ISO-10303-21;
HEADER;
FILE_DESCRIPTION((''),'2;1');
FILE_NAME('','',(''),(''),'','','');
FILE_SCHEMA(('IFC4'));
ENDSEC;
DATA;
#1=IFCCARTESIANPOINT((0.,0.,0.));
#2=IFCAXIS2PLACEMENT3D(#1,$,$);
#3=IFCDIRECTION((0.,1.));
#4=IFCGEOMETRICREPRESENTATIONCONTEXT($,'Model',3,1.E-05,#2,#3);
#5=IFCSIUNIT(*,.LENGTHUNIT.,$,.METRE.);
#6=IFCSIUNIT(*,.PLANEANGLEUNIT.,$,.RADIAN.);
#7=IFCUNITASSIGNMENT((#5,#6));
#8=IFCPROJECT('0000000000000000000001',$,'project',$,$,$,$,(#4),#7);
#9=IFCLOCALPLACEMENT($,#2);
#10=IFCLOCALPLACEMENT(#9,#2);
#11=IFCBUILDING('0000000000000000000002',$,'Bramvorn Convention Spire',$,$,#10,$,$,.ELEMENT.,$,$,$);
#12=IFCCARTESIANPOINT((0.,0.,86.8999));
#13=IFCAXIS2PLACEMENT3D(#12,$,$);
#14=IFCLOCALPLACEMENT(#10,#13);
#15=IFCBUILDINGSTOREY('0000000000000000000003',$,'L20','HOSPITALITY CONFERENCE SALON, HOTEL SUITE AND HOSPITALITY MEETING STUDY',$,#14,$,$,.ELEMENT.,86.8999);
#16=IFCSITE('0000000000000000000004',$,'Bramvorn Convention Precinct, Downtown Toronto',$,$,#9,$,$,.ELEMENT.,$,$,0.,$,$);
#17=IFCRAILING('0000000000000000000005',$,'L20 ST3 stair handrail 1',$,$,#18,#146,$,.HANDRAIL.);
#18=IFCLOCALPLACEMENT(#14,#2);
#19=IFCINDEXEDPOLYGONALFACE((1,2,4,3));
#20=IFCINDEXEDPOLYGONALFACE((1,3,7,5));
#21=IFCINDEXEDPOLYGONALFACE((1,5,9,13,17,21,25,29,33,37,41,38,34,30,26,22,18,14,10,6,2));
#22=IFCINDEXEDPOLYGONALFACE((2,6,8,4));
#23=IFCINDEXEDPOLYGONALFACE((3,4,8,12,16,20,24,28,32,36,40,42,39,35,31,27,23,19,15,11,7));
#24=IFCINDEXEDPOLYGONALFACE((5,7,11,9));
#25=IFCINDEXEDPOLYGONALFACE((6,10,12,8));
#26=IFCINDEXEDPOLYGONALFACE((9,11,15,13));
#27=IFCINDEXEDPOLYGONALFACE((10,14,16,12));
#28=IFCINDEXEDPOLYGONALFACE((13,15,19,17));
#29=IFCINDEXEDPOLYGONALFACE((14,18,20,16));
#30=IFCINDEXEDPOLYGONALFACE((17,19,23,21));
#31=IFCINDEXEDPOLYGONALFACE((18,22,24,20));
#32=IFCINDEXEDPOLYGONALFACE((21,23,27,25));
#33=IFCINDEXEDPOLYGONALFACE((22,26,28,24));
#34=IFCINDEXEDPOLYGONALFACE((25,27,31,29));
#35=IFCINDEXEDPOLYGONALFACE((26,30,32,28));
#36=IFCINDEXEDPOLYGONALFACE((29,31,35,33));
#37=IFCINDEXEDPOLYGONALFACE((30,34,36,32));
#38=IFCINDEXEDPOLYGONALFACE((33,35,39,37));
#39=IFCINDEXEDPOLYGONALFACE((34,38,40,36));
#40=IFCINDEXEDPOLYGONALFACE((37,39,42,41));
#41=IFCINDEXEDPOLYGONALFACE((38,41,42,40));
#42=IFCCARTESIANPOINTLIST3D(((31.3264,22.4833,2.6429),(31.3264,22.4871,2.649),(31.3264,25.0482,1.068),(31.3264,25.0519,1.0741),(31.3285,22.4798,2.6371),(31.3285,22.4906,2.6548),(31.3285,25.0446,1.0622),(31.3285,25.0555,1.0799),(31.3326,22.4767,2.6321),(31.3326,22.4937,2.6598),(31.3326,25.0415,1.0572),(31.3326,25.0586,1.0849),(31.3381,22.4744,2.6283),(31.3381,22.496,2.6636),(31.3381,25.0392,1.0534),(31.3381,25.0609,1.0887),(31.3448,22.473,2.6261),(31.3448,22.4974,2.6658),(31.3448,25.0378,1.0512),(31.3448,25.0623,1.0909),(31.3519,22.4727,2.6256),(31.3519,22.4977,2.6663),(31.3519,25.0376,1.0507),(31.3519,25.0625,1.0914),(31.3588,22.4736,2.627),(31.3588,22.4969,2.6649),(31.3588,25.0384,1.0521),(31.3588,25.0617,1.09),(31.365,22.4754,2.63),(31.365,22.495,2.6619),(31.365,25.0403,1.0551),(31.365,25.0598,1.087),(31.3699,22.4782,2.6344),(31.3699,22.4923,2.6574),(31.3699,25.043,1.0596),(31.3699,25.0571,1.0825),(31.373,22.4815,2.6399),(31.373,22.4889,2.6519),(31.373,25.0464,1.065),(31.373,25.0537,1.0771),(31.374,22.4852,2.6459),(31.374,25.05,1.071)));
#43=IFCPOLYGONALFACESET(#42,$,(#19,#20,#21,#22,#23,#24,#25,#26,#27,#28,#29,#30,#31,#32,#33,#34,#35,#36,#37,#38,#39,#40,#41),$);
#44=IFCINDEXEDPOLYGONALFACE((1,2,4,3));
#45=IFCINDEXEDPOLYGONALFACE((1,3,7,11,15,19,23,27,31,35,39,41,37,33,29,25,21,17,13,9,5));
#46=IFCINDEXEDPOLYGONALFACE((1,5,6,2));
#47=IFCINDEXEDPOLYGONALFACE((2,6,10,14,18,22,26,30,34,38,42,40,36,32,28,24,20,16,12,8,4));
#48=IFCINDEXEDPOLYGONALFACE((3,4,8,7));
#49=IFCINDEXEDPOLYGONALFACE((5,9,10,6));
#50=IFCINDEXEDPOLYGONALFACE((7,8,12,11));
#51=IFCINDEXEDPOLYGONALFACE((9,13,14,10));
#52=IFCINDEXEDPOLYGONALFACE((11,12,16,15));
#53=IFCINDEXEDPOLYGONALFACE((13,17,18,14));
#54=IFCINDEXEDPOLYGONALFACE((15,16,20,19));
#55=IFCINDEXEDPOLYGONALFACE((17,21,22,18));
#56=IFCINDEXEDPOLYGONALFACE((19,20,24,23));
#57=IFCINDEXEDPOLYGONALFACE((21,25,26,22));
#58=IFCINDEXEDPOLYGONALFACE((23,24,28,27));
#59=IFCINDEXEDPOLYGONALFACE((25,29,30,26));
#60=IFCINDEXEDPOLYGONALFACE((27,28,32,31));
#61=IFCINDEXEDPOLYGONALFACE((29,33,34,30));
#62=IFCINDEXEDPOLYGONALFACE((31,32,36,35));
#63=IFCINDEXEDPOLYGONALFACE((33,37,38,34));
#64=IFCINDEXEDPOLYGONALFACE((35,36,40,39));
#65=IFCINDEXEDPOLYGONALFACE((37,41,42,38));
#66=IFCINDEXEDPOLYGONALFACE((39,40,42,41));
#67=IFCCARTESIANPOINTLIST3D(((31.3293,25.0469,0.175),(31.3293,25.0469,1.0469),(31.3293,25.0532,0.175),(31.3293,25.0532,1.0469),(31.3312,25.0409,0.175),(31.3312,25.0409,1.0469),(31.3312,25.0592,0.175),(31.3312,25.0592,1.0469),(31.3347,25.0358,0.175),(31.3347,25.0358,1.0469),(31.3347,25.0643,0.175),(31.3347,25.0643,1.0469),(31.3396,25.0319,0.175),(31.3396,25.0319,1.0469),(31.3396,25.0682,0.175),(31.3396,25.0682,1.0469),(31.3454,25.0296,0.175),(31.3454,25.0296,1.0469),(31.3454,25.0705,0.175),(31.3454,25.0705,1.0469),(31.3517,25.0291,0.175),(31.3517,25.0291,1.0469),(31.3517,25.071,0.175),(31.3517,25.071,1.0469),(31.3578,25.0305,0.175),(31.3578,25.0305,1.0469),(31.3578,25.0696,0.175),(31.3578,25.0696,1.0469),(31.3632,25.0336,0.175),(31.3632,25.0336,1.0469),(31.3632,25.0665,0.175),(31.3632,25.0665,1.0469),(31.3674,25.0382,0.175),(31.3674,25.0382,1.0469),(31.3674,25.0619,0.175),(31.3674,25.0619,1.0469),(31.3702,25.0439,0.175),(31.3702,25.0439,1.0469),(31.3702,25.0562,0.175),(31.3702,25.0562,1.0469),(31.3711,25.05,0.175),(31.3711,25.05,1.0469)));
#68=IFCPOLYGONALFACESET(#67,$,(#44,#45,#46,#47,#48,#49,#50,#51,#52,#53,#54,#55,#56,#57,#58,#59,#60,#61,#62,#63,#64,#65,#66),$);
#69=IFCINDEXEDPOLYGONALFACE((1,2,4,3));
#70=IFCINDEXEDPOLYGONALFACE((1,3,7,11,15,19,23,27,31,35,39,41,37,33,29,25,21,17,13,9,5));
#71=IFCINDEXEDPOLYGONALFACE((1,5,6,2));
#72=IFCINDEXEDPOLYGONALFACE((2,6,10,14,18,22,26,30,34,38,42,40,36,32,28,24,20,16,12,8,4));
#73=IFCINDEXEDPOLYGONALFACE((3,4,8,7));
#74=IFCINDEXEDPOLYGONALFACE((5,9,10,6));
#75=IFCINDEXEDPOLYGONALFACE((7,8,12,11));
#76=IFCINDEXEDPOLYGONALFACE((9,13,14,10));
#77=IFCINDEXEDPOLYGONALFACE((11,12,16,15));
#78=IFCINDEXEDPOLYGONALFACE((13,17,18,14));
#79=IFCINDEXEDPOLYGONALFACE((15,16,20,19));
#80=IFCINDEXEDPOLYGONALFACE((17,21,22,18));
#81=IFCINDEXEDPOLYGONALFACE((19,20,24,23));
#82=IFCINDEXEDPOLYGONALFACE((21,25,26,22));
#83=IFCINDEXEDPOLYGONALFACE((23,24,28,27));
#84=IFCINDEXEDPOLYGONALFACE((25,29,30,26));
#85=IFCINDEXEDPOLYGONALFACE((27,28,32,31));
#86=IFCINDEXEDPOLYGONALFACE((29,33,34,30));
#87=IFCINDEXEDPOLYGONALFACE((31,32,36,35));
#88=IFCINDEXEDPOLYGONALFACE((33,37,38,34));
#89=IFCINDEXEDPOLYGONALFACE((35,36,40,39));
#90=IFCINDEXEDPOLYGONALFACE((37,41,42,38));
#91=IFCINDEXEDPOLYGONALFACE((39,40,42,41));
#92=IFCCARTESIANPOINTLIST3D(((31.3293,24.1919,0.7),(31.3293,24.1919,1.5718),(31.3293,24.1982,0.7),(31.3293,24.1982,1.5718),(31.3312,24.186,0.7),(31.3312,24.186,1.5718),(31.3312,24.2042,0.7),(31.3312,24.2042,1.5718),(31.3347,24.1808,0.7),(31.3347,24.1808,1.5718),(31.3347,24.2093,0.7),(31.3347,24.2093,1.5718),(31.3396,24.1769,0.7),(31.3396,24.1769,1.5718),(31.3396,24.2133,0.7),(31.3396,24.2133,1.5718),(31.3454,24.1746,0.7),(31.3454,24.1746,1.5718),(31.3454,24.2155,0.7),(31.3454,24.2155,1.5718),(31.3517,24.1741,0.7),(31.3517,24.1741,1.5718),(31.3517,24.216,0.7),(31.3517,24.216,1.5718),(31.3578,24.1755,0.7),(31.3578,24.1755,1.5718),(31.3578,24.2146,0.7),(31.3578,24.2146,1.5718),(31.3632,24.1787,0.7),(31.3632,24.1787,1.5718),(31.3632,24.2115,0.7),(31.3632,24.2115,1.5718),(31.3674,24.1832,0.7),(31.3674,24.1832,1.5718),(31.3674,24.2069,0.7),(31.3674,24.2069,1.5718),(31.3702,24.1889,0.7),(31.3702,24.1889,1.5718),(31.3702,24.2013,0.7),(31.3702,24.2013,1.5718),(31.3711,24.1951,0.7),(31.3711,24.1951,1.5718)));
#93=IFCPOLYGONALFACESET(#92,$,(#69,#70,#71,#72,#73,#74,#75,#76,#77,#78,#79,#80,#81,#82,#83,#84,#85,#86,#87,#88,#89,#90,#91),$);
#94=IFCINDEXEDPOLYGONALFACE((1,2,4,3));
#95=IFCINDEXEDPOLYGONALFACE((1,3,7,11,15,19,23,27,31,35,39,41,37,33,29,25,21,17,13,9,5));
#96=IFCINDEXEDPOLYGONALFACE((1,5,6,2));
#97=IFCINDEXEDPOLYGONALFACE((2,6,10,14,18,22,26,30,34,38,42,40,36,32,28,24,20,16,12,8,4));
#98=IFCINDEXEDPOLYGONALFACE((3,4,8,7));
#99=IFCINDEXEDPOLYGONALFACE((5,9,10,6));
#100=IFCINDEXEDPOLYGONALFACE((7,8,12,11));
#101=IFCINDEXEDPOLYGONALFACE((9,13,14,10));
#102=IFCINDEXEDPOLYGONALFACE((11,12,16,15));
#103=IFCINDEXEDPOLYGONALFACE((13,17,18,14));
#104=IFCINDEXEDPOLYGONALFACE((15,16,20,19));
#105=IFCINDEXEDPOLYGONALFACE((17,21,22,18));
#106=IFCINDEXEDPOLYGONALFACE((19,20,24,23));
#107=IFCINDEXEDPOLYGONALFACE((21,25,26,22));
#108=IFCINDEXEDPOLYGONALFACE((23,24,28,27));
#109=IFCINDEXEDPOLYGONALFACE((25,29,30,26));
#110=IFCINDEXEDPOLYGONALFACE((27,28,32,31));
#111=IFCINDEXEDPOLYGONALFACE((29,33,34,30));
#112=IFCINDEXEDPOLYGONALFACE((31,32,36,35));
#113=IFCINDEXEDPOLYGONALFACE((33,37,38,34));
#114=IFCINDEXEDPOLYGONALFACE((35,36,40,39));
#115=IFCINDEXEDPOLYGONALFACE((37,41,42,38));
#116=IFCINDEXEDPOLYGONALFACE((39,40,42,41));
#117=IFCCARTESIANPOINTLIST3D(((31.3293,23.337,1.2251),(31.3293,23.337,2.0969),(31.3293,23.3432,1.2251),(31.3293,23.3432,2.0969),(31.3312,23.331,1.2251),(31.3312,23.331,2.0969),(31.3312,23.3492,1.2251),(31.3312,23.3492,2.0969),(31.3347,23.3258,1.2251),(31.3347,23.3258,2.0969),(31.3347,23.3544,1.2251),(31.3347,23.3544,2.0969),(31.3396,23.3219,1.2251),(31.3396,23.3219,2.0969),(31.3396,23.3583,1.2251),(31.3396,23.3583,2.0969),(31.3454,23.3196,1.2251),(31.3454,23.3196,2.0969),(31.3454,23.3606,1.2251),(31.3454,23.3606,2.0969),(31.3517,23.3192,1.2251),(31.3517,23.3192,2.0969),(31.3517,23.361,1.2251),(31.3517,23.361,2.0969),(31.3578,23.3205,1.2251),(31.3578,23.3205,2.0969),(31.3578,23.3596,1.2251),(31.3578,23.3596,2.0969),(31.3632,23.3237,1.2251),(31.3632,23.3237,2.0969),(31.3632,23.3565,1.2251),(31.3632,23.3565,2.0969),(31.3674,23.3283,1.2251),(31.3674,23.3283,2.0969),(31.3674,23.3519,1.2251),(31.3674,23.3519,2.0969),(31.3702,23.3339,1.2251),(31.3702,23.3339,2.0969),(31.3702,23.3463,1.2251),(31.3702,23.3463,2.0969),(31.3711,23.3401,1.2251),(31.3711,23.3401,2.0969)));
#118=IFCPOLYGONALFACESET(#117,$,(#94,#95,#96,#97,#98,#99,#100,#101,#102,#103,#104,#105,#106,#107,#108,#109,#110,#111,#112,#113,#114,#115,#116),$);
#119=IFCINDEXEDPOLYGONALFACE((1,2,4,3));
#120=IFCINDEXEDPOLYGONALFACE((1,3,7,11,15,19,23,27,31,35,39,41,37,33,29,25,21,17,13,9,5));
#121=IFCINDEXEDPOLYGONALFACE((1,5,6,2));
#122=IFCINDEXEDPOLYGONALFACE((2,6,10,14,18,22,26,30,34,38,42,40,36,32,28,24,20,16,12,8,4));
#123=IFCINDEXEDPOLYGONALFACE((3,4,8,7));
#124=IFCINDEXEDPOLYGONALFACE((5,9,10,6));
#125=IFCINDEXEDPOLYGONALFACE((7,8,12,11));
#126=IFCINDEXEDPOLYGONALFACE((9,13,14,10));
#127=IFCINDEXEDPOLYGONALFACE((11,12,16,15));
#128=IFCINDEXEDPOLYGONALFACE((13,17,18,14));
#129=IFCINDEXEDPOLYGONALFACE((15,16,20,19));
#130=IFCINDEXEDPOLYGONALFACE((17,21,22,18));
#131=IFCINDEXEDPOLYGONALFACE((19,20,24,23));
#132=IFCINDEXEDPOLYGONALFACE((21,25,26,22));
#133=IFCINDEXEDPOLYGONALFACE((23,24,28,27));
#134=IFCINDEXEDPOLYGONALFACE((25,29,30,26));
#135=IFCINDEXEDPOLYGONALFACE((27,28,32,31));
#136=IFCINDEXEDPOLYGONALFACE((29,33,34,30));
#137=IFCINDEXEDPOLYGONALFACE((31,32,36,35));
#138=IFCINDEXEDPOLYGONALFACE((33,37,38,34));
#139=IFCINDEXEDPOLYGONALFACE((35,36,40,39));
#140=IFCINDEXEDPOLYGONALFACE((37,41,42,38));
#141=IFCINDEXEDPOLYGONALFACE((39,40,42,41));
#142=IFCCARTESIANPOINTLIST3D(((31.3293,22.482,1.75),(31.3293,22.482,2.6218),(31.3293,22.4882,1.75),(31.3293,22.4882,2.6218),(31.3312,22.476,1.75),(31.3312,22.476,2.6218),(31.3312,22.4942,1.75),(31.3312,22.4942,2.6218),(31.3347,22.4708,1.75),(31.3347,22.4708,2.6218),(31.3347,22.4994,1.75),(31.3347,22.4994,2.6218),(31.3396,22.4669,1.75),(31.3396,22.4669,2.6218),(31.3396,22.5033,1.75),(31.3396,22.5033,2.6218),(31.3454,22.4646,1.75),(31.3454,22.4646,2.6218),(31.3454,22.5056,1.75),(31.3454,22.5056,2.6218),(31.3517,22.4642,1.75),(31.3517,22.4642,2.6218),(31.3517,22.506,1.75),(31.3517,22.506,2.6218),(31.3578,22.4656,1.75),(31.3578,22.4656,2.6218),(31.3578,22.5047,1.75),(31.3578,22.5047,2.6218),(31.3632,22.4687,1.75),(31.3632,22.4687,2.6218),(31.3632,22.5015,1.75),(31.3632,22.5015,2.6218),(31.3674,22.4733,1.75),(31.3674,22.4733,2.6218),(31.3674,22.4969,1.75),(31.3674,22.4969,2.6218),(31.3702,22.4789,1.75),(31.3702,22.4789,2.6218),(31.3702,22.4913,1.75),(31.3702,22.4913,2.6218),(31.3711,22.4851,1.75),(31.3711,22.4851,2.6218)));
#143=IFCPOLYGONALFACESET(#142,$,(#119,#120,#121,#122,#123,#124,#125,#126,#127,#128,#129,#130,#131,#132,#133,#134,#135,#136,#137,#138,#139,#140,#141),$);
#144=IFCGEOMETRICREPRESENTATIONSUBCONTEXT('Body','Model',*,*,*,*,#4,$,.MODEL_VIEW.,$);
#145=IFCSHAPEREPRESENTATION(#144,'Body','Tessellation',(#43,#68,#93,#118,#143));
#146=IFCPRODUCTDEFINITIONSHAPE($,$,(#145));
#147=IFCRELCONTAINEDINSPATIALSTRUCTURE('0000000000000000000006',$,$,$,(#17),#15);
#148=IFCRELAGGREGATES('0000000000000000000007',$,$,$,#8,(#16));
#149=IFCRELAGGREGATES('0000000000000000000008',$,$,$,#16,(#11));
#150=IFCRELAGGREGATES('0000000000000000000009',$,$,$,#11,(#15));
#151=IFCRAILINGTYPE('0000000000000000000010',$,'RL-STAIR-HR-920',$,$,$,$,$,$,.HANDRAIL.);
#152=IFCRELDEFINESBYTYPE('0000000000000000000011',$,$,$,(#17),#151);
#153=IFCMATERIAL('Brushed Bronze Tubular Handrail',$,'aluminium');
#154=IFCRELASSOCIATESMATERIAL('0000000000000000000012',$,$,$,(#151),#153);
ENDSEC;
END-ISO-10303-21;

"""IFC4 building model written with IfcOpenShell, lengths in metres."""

from ifc_helpers import new_model, si_unit, direction, frame, origin, origin_2d, place, context, subcontext, project, spatial, circle, extrude, material, type_object, element, save


model = new_model("IFC4")

# Units and contexts
model_context = context("Model", 3, precision=1e-05, world=origin(), true_north=direction((0.0, 1.0)))
body_context = subcontext(model_context, "Body", "Model", "MODEL_VIEW")
ifc_project = project(units=[si_unit("LENGTHUNIT", "METRE"), si_unit("PLANEANGLEUNIT", "RADIAN")], contexts=[model_context])

# Site, building, storey
site_placement = place(None, origin())
site = spatial("IfcSite", under=ifc_project, at=site_placement, Name="Bramvorn Convention Precinct, Downtown Toronto", CompositionType="ELEMENT", RefElevation=0.0)
building_placement = place(site_placement, origin())
building = spatial("IfcBuilding", under=site, at=building_placement, Name="Bramvorn Convention Spire", CompositionType="ELEMENT")
storey_placement = place(building_placement, frame((0.0, 0.0, 86.8999)))
storey = spatial("IfcBuildingStorey", under=building, at=storey_placement, Name="L20", Description="HOSPITALITY CONFERENCE SALON, HOTEL SUITE AND HOSPITALITY MEETING STUDY", CompositionType="ELEMENT", Elevation=86.8999)

# Railing
ifc_material_1 = material(Name="Brushed Bronze Tubular Handrail", Category="aluminium")
railing_type_1 = type_object("IfcRailingType", Name="RL-STAIR-HR-920", PredefinedType="HANDRAIL", material=ifc_material_1)
railing_1_placement = place(storey_placement, frame((31.3501, 25.05, 0.175)))
element("IfcRailing", 1, at=railing_1_placement, inside=storey, type_object=railing_type_1, Name="L20 ST3 stair handrail 1", PredefinedType="HANDRAIL", context=body_context, shape_type="SweptSolid", body=[
    extrude(circle(Radius=0.0239, at=origin_2d()), frame((0.0, 0.0, 0.896), z_axis=(0.0, -0.852173, 0.52326), x_axis=(1.0, 0.0, 0.0)), (0.0, 0.0, 1.0), 3.0098),
    extrude(circle(Radius=0.021, at=origin_2d()), origin(), (0.0, 0.0, 1.0), 0.8718),
    extrude(circle(Radius=0.021, at=origin_2d()), frame((0.0, -0.855, 0.5249)), (0.0, 0.0, 1.0), 0.8718),
    extrude(circle(Radius=0.021, at=origin_2d()), frame((0.0, -1.71, 1.05)), (0.0, 0.0, 1.0), 0.8718),
    extrude(circle(Radius=0.021, at=origin_2d()), frame((0.0, -2.5649, 1.575)), (0.0, 0.0, 1.0), 0.8718),
])

save(model, "model.ifc")
